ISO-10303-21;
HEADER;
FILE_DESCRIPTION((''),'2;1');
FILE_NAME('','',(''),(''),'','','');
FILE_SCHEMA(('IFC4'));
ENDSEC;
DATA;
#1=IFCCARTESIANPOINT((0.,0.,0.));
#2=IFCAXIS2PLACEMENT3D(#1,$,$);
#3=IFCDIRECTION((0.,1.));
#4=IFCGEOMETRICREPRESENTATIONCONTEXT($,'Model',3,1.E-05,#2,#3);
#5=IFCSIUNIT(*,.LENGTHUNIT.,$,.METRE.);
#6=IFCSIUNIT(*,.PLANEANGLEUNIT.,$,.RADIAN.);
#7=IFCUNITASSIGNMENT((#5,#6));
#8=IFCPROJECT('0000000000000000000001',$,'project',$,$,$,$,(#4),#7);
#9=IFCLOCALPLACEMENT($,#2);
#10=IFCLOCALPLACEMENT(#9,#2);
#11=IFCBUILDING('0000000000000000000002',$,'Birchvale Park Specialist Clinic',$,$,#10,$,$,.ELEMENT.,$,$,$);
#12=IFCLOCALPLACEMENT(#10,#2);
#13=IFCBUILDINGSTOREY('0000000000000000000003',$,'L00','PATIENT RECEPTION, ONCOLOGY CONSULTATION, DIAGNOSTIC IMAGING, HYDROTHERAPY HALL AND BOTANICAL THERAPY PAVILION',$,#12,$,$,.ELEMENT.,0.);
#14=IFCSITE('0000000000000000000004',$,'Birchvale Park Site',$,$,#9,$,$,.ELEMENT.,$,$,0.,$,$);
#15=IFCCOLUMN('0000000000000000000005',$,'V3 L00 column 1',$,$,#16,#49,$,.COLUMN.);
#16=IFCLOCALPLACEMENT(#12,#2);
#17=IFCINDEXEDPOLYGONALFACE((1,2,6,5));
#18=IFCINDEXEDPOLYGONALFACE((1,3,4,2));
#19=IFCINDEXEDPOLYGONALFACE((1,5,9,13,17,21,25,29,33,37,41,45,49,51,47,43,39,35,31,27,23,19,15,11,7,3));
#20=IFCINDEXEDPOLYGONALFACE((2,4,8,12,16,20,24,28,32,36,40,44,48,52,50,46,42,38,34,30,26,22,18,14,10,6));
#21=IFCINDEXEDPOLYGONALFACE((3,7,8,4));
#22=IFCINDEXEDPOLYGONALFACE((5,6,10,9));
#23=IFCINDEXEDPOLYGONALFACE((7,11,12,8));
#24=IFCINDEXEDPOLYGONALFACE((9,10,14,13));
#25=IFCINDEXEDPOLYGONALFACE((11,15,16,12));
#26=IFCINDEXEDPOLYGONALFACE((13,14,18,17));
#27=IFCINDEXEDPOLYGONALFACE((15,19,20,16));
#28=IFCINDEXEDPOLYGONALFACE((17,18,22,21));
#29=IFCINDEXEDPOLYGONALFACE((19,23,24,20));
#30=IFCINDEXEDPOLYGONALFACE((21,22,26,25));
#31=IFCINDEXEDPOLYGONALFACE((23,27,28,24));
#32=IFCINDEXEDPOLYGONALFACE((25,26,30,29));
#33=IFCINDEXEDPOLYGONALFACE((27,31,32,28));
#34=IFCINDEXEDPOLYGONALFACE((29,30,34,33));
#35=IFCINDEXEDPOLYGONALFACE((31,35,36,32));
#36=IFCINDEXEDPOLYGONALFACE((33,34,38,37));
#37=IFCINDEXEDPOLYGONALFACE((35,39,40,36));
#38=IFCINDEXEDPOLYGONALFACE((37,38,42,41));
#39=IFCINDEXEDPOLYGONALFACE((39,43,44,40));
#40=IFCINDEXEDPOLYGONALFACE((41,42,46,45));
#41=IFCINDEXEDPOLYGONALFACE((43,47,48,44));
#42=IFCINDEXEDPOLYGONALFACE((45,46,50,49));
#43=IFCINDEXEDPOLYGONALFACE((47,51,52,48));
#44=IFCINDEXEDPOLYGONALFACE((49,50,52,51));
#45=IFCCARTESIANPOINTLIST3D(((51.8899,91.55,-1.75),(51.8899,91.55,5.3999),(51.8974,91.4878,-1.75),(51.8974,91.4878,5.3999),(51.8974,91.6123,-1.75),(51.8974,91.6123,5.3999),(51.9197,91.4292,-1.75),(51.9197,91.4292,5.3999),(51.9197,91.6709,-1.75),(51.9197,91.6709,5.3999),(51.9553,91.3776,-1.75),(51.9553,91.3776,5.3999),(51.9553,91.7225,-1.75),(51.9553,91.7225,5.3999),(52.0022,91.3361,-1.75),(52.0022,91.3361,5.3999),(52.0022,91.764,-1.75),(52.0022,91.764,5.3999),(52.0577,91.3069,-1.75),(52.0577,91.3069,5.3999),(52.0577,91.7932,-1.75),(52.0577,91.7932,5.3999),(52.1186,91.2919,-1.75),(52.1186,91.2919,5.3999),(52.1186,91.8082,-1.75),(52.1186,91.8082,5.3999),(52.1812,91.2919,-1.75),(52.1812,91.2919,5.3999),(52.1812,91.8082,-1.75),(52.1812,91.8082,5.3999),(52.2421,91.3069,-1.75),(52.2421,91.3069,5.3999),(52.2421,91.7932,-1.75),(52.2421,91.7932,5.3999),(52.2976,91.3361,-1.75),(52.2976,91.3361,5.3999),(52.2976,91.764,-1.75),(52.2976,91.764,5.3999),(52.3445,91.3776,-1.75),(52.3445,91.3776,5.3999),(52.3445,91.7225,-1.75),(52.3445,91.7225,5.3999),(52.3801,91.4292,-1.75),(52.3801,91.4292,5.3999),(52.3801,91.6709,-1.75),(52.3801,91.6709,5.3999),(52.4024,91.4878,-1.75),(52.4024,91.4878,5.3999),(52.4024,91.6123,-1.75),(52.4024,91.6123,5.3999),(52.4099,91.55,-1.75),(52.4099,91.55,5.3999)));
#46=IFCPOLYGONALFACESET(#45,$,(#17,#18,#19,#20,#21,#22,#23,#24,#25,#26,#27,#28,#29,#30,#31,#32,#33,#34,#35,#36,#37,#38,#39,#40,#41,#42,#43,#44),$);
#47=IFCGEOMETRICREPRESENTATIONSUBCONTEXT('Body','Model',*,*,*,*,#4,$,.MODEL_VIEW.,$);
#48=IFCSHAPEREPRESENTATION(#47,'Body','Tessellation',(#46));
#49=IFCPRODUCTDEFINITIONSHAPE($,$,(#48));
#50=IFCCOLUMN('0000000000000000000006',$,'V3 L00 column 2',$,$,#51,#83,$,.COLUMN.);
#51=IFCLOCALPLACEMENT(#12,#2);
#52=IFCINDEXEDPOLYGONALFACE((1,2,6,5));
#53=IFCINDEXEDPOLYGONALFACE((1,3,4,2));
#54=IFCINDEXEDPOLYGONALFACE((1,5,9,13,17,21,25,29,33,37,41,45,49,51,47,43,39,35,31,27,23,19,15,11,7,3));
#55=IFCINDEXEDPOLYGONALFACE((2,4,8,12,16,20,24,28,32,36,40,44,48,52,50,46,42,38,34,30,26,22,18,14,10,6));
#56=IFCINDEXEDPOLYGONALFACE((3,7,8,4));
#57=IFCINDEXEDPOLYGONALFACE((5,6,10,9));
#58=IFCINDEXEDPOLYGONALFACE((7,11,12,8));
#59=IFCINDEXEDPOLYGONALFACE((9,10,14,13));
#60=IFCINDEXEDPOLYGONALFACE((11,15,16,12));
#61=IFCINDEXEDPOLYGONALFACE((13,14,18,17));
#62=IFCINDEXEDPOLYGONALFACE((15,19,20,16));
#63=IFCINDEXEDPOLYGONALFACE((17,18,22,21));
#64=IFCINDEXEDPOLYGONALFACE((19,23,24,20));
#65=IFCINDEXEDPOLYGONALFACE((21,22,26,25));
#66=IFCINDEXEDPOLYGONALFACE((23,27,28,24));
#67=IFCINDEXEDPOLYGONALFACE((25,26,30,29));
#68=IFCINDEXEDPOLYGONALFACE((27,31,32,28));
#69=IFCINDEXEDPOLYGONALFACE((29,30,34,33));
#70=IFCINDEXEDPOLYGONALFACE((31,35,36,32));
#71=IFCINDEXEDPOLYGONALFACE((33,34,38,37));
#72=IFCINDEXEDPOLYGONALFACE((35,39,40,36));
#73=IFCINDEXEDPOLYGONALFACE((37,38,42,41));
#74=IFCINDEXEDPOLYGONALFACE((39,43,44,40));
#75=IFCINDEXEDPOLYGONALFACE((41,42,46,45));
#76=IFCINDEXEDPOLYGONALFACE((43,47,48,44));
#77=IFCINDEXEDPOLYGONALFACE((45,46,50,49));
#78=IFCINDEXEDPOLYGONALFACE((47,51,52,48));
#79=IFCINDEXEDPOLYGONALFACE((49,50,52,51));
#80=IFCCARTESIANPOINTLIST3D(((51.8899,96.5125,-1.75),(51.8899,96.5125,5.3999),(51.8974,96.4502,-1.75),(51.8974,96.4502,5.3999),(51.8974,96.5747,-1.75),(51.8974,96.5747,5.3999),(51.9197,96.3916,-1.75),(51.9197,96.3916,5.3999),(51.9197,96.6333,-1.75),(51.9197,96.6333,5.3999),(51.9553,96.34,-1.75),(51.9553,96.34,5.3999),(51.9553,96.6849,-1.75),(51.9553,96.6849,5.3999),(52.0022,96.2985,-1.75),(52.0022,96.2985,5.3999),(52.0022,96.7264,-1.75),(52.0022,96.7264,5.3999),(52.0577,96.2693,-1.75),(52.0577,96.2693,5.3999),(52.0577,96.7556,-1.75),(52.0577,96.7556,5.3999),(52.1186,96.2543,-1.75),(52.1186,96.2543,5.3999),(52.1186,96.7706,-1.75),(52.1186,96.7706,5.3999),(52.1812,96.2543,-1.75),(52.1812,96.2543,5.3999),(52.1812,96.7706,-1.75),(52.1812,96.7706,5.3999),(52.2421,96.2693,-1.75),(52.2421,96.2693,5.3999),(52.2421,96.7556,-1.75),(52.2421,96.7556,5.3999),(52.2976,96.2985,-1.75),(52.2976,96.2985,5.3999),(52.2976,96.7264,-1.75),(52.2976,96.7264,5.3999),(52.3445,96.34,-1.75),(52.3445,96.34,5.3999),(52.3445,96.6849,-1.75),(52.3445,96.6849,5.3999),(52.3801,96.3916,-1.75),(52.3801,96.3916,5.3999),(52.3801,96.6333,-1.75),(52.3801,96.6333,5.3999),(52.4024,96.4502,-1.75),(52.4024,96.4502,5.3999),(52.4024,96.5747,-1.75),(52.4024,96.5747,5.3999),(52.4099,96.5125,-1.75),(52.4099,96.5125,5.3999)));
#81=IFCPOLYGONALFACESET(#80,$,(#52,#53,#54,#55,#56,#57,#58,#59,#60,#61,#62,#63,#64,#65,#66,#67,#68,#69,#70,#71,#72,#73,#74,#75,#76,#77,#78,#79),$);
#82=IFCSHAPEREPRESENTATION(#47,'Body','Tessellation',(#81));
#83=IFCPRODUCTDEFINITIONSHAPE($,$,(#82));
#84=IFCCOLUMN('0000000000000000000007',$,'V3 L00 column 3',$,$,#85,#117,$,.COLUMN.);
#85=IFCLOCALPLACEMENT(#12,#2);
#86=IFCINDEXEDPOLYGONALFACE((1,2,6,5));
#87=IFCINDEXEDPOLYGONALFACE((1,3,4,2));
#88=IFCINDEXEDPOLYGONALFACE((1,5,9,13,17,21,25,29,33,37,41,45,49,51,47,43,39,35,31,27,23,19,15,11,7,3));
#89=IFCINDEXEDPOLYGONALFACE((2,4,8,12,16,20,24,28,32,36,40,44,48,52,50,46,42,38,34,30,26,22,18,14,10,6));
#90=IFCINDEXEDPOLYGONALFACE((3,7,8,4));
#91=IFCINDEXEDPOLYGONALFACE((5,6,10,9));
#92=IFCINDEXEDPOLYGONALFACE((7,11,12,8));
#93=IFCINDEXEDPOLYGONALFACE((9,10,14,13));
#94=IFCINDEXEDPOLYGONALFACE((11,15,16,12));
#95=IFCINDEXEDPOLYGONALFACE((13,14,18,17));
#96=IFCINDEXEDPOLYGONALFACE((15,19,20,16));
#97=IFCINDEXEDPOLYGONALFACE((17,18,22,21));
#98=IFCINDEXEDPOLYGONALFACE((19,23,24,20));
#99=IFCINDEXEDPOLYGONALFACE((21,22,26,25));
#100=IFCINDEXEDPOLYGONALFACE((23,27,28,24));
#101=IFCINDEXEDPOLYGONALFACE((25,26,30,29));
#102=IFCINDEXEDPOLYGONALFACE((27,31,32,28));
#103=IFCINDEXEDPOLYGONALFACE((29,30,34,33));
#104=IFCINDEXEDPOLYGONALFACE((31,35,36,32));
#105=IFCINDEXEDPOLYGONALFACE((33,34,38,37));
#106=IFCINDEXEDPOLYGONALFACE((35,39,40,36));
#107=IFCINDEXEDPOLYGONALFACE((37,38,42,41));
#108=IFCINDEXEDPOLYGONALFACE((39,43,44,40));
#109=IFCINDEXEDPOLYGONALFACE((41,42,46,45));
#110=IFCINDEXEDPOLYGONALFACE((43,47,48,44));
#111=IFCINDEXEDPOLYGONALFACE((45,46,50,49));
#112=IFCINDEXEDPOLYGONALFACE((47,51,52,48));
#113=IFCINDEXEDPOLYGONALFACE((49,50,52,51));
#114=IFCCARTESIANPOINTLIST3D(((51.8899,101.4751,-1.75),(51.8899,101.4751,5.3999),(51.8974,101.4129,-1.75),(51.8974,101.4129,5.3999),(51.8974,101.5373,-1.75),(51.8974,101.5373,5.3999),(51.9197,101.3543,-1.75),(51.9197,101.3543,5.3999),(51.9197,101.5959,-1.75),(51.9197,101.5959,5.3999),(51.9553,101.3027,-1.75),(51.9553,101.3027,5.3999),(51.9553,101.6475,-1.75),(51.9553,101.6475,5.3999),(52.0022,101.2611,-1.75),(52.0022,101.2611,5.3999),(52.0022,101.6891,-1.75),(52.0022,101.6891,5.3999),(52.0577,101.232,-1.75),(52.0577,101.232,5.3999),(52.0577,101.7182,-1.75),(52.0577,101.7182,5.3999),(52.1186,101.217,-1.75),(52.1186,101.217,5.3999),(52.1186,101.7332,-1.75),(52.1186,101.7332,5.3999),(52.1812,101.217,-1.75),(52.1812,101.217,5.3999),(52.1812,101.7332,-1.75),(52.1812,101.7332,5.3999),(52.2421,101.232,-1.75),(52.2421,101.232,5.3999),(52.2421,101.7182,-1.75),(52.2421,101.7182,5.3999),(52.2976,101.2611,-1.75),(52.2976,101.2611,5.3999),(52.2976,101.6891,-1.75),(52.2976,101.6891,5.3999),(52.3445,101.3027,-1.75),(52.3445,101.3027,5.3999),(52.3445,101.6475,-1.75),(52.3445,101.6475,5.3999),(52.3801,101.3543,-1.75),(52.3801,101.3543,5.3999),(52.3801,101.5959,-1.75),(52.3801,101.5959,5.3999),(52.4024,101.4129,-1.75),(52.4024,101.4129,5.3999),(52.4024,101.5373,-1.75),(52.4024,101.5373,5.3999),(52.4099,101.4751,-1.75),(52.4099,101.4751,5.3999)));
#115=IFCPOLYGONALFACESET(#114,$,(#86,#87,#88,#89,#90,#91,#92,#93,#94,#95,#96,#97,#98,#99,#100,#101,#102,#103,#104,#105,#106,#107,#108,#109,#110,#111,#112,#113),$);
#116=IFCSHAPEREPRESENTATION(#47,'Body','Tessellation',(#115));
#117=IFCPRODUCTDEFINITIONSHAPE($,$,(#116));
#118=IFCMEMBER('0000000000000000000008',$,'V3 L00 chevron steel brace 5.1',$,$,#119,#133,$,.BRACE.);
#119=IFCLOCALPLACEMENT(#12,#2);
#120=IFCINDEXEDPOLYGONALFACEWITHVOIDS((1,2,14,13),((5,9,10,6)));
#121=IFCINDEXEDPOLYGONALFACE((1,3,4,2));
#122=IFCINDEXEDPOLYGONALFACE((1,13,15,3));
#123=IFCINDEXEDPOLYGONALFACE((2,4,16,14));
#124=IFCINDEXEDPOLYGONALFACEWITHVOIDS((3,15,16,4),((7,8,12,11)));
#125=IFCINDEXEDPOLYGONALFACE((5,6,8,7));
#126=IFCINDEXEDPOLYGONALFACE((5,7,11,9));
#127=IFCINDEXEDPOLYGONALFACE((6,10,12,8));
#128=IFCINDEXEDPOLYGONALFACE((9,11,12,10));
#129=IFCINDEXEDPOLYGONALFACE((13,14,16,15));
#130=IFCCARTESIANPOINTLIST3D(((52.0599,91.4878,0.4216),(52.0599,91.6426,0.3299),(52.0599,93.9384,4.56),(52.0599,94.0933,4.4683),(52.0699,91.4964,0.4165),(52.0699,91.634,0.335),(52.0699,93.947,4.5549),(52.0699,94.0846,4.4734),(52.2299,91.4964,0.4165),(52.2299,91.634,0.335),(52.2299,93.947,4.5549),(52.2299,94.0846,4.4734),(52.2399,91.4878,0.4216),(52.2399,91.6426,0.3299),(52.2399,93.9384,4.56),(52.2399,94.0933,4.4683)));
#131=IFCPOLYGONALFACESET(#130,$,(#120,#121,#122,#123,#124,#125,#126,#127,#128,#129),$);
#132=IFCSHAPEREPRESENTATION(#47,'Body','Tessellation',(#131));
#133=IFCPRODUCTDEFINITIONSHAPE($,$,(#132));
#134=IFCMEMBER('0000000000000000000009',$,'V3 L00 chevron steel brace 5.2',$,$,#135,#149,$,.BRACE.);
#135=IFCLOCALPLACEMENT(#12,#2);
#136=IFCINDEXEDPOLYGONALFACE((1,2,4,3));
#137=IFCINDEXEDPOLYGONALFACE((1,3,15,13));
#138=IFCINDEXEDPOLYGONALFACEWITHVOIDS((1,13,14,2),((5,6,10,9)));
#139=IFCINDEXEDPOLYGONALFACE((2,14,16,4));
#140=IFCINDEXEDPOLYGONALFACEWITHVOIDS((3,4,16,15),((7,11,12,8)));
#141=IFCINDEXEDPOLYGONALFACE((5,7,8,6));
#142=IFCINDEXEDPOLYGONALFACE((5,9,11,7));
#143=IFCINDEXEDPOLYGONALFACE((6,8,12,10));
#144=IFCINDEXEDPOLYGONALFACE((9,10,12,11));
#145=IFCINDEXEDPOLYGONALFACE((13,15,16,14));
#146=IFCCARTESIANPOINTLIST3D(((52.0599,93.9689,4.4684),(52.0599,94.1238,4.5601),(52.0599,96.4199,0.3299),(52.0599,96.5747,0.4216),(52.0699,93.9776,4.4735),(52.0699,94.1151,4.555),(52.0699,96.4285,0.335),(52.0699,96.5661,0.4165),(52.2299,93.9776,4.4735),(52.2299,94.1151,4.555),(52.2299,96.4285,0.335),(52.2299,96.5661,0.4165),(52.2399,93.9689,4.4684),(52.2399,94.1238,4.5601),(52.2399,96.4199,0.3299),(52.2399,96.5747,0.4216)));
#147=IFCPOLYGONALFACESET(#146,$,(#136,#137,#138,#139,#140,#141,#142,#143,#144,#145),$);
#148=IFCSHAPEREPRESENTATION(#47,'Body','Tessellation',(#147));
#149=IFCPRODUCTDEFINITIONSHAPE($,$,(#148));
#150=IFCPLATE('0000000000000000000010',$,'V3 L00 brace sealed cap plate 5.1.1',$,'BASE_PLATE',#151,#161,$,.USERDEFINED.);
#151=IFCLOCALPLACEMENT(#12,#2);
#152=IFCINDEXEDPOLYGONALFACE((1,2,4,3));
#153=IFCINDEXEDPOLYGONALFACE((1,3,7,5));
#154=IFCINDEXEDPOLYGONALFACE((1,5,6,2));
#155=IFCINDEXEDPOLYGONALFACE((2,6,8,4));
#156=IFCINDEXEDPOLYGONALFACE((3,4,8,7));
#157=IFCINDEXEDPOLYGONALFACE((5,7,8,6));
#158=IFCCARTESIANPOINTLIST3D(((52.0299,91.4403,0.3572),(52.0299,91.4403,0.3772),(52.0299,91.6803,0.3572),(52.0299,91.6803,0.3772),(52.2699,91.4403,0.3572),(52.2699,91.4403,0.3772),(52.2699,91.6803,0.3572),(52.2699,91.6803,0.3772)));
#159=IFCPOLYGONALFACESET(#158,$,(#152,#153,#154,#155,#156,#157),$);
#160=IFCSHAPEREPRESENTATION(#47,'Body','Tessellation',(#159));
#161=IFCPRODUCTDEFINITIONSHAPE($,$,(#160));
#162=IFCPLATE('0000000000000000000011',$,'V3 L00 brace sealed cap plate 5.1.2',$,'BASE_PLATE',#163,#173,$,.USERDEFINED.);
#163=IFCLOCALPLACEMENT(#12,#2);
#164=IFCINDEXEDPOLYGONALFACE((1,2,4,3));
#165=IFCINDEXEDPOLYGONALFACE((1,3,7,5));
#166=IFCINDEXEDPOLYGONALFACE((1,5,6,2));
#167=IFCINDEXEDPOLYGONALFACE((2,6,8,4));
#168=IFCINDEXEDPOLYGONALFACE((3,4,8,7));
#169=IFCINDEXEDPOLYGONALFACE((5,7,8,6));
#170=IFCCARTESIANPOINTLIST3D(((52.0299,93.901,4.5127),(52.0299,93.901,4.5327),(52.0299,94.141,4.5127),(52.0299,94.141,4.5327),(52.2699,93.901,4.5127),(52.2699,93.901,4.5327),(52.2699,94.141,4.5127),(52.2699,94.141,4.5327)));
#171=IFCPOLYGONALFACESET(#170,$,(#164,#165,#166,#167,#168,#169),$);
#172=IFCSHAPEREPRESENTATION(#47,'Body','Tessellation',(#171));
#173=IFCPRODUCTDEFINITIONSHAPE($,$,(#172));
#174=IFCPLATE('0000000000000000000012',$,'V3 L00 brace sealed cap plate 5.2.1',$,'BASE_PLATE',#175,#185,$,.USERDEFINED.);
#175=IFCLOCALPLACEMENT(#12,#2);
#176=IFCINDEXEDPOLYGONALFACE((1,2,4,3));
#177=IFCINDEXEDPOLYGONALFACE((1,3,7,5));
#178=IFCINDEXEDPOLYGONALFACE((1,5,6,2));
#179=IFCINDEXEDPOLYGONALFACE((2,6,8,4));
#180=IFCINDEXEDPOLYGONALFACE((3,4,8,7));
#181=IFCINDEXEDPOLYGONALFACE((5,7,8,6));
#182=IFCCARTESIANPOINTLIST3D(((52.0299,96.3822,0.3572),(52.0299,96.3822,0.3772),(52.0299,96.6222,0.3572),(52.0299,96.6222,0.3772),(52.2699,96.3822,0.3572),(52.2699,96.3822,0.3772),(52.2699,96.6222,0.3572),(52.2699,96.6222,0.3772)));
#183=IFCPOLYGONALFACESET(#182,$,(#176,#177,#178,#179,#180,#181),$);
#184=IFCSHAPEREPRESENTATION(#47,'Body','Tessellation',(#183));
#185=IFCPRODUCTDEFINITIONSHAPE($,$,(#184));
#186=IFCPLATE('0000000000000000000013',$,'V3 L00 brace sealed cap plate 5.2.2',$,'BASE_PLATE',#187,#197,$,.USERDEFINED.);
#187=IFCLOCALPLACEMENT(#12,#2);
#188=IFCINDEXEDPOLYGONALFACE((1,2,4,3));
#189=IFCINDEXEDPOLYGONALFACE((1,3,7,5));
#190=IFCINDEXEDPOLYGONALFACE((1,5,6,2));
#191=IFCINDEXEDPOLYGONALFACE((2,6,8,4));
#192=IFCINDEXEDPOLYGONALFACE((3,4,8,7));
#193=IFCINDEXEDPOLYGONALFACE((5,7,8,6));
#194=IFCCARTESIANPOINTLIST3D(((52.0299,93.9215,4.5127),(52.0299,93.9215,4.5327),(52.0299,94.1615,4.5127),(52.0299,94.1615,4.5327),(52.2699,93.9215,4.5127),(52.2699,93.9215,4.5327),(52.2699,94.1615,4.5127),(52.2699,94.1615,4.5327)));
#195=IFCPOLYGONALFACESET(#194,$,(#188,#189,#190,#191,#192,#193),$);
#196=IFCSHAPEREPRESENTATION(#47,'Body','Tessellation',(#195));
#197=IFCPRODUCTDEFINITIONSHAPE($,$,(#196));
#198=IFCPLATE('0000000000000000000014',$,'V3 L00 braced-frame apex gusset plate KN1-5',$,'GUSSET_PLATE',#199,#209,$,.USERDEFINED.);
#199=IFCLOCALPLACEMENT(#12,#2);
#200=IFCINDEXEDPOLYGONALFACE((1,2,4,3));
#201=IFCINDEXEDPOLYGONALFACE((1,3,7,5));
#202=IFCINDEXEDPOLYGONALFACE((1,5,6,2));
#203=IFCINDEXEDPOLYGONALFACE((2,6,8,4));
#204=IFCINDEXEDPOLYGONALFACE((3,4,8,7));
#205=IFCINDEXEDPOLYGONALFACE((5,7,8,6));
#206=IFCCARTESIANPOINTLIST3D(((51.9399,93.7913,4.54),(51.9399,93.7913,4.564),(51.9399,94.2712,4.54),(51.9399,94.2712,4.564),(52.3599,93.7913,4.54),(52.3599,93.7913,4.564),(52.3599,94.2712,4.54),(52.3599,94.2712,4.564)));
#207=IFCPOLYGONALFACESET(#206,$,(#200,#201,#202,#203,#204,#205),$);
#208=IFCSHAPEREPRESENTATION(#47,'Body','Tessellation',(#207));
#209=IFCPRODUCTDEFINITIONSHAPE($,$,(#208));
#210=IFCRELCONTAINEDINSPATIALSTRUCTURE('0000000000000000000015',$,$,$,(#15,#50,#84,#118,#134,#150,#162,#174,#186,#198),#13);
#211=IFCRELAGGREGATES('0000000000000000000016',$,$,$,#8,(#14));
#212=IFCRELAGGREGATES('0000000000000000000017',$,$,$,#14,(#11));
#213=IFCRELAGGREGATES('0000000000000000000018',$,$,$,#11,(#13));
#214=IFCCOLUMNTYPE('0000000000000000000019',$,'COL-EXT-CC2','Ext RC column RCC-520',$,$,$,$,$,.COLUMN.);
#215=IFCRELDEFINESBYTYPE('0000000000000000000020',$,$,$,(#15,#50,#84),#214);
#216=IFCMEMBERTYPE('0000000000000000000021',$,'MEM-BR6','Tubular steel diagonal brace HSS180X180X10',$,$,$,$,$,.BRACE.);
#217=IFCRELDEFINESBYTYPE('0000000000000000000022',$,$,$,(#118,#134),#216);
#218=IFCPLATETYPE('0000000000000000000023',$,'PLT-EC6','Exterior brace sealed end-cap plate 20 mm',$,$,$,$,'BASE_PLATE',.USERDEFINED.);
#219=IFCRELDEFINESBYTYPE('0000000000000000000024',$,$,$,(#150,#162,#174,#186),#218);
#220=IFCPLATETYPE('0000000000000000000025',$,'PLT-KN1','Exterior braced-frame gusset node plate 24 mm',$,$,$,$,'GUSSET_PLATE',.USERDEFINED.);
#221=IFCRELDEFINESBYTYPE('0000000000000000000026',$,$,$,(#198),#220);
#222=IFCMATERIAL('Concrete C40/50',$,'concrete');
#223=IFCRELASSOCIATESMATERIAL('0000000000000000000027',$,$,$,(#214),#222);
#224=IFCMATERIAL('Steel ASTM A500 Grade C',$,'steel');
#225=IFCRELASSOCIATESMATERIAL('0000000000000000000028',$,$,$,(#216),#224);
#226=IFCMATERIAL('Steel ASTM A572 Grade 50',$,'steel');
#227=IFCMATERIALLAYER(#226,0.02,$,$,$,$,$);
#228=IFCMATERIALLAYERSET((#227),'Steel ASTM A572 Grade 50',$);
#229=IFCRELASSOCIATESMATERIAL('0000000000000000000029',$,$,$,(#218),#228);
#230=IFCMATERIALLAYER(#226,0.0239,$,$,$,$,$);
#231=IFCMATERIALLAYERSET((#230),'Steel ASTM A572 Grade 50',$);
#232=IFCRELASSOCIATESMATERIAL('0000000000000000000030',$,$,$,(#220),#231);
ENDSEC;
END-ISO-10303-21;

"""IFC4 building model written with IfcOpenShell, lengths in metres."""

from ifc_helpers import new_model, si_unit, direction, frame, origin, origin_2d, place, context, subcontext, project, spatial, rectangle, hollow_rectangle, circle, extrude, material, layer, layer_set, material_profile, profile_set, type_object, element, save


model = new_model("IFC4")

# Units and contexts
model_context = context("Model", 3, precision=1e-05, world=origin(), true_north=direction((0.0, 1.0)))
body_context = subcontext(model_context, "Body", "Model", "MODEL_VIEW")
ifc_project = project(units=[si_unit("LENGTHUNIT", "METRE"), si_unit("PLANEANGLEUNIT", "RADIAN")], contexts=[model_context])

# Site, building, storey
site_placement = place(None, origin())
site = spatial("IfcSite", under=ifc_project, at=site_placement, Name="Birchvale Park Site", CompositionType="ELEMENT", RefElevation=0.0)
building_placement = place(site_placement, origin())
building = spatial("IfcBuilding", under=site, at=building_placement, Name="Birchvale Park Specialist Clinic", CompositionType="ELEMENT")
storey_placement = place(building_placement, origin())
storey = spatial("IfcBuildingStorey", under=building, at=storey_placement, Name="L00", Description="PATIENT RECEPTION, ONCOLOGY CONSULTATION, DIAGNOSTIC IMAGING, HYDROTHERAPY HALL AND BOTANICAL THERAPY PAVILION", CompositionType="ELEMENT", Elevation=0.0)

# Shared definitions
ifc_material_1 = material(Name="Concrete C40/50", Category="concrete")

# Columns
ifc_material_profile_1 = material_profile(ifc_material_1, circle(Radius=0.26, at=origin_2d()), Name="RCC-520")
ifc_profile_set_1 = profile_set([ifc_material_profile_1], Name="Concrete C40/50")
column_type = type_object("IfcColumnType", Name="COL-EXT-CC2", Description="Ext RC column RCC-520", PredefinedType="COLUMN", material=ifc_profile_set_1)
for number, where, z_axis, x_axis, name in (
    (1, (52.1499, 91.55, -1.75), (0.0, 0.0, 1.0), (1.0, 0.0, 0.0), "V3 L00 column 1"),
    (2, (52.1499, 96.5125, -1.75), (0.0, 0.0, 1.0), (1.0, 0.0, 0.0), "V3 L00 column 2"),
    (3, (52.1499, 101.4751, -1.75), (0.0, 0.0, 1.0), (1.0, 0.0, 0.0), "V3 L00 column 3"),
):
    element("IfcColumn", number, at=place(storey_placement, frame(where, z_axis=z_axis, x_axis=x_axis)), inside=storey, type_object=column_type, Name=name, PredefinedType="COLUMN", context=body_context, shape_type="SweptSolid", body=[
        extrude(circle(Radius=0.26, at=origin_2d()), origin(), (0.0, 0.0, 1.0), 7.1499),
    ])

# Members
ifc_material_2 = material(Name="Steel ASTM A500 Grade C", Category="steel")
ifc_material_profile_2 = material_profile(ifc_material_2, hollow_rectangle(XDim=0.1799, YDim=0.1799, WallThickness=0.01, at=origin_2d()), Name="HSS180X180X10")
ifc_profile_set_2 = profile_set([ifc_material_profile_2], Name="Steel ASTM A500 Grade C")
member_type = type_object("IfcMemberType", Name="MEM-BR6", Description="Tubular steel diagonal brace HSS180X180X10", PredefinedType="BRACE", material=ifc_profile_set_2)
member_1_placement = place(storey_placement, frame((52.1499, 91.5652, 0.3757), z_axis=(0.0, 0.509538, 0.860448), x_axis=(-1.0, 0.0, 0.0)))
element("IfcMember", 4, at=member_1_placement, inside=storey, type_object=member_type, Name="V3 L00 chevron steel brace 5.1", PredefinedType="BRACE", context=body_context, shape_type="SweptSolid", body=[
    extrude(hollow_rectangle(XDim=0.1799, YDim=0.1799, WallThickness=0.01, at=origin_2d()), origin(), (0.0, 0.0, 1.0), 4.8096),
])
member_2_placement = place(storey_placement, frame((52.1499, 96.4973, 0.3757), z_axis=(0.0, -0.509576, 0.860426), x_axis=(1.0, 0.0, 0.0)))
element("IfcMember", 5, at=member_2_placement, inside=storey, type_object=member_type, Name="V3 L00 chevron steel brace 5.2", PredefinedType="BRACE", context=body_context, shape_type="SweptSolid", body=[
    extrude(hollow_rectangle(XDim=0.1799, YDim=0.1799, WallThickness=0.01, at=origin_2d()), origin(), (0.0, 0.0, 1.0), 4.8098),
])

# Plates
ifc_material_3 = material(Name="Steel ASTM A572 Grade 50", Category="steel")
ifc_layer_1 = layer(ifc_material_3, 0.02)
ifc_layer_set_1 = layer_set([ifc_layer_1], Name="Steel ASTM A572 Grade 50")
plate_type_1 = type_object("IfcPlateType", Name="PLT-EC6", Description="Exterior brace sealed end-cap plate 20 mm", ElementType="BASE_PLATE", PredefinedType="USERDEFINED", material=ifc_layer_set_1)
for number, where, z_axis, x_axis, name in (
    (6, (52.1499, 91.5603, 0.3572), (0.0, 0.0, 1.0), (1.0, 0.0, 0.0), "V3 L00 brace sealed cap plate 5.1.1"),
    (7, (52.1499, 94.021, 4.5127), (0.0, 0.0, 1.0), (1.0, 0.0, 0.0), "V3 L00 brace sealed cap plate 5.1.2"),
    (8, (52.1499, 96.5022, 0.3572), (0.0, 0.0, 1.0), (1.0, 0.0, 0.0), "V3 L00 brace sealed cap plate 5.2.1"),
    (9, (52.1499, 94.0415, 4.5127), (0.0, 0.0, 1.0), (1.0, 0.0, 0.0), "V3 L00 brace sealed cap plate 5.2.2"),
):
    element("IfcPlate", number, at=place(storey_placement, frame(where, z_axis=z_axis, x_axis=x_axis)), inside=storey, type_object=plate_type_1, Name=name, ObjectType="BASE_PLATE", PredefinedType="USERDEFINED", context=body_context, shape_type="SweptSolid", body=[
        extrude(rectangle(XDim=0.24, YDim=0.24, at=origin_2d()), origin(), (0.0, 0.0, 1.0), 0.02),
    ])
ifc_layer_2 = layer(ifc_material_3, 0.0239)
ifc_layer_set_2 = layer_set([ifc_layer_2], Name="Steel ASTM A572 Grade 50")
plate_type_2 = type_object("IfcPlateType", Name="PLT-KN1", Description="Exterior braced-frame gusset node plate 24 mm", ElementType="GUSSET_PLATE", PredefinedType="USERDEFINED", material=ifc_layer_set_2)
plate_placement = place(storey_placement, frame((52.1499, 94.0312, 4.54), z_axis=(0.0, 0.0, 1.0), x_axis=(1.0, 0.0, 0.0)))
element("IfcPlate", 10, at=plate_placement, inside=storey, type_object=plate_type_2, Name="V3 L00 braced-frame apex gusset plate KN1-5", ObjectType="GUSSET_PLATE", PredefinedType="USERDEFINED", context=body_context, shape_type="SweptSolid", body=[
    extrude(rectangle(XDim=0.4199, YDim=0.48, at=origin_2d()), origin(), (0.0, 0.0, 1.0), 0.0239),
])

save(model, "model.ifc")
